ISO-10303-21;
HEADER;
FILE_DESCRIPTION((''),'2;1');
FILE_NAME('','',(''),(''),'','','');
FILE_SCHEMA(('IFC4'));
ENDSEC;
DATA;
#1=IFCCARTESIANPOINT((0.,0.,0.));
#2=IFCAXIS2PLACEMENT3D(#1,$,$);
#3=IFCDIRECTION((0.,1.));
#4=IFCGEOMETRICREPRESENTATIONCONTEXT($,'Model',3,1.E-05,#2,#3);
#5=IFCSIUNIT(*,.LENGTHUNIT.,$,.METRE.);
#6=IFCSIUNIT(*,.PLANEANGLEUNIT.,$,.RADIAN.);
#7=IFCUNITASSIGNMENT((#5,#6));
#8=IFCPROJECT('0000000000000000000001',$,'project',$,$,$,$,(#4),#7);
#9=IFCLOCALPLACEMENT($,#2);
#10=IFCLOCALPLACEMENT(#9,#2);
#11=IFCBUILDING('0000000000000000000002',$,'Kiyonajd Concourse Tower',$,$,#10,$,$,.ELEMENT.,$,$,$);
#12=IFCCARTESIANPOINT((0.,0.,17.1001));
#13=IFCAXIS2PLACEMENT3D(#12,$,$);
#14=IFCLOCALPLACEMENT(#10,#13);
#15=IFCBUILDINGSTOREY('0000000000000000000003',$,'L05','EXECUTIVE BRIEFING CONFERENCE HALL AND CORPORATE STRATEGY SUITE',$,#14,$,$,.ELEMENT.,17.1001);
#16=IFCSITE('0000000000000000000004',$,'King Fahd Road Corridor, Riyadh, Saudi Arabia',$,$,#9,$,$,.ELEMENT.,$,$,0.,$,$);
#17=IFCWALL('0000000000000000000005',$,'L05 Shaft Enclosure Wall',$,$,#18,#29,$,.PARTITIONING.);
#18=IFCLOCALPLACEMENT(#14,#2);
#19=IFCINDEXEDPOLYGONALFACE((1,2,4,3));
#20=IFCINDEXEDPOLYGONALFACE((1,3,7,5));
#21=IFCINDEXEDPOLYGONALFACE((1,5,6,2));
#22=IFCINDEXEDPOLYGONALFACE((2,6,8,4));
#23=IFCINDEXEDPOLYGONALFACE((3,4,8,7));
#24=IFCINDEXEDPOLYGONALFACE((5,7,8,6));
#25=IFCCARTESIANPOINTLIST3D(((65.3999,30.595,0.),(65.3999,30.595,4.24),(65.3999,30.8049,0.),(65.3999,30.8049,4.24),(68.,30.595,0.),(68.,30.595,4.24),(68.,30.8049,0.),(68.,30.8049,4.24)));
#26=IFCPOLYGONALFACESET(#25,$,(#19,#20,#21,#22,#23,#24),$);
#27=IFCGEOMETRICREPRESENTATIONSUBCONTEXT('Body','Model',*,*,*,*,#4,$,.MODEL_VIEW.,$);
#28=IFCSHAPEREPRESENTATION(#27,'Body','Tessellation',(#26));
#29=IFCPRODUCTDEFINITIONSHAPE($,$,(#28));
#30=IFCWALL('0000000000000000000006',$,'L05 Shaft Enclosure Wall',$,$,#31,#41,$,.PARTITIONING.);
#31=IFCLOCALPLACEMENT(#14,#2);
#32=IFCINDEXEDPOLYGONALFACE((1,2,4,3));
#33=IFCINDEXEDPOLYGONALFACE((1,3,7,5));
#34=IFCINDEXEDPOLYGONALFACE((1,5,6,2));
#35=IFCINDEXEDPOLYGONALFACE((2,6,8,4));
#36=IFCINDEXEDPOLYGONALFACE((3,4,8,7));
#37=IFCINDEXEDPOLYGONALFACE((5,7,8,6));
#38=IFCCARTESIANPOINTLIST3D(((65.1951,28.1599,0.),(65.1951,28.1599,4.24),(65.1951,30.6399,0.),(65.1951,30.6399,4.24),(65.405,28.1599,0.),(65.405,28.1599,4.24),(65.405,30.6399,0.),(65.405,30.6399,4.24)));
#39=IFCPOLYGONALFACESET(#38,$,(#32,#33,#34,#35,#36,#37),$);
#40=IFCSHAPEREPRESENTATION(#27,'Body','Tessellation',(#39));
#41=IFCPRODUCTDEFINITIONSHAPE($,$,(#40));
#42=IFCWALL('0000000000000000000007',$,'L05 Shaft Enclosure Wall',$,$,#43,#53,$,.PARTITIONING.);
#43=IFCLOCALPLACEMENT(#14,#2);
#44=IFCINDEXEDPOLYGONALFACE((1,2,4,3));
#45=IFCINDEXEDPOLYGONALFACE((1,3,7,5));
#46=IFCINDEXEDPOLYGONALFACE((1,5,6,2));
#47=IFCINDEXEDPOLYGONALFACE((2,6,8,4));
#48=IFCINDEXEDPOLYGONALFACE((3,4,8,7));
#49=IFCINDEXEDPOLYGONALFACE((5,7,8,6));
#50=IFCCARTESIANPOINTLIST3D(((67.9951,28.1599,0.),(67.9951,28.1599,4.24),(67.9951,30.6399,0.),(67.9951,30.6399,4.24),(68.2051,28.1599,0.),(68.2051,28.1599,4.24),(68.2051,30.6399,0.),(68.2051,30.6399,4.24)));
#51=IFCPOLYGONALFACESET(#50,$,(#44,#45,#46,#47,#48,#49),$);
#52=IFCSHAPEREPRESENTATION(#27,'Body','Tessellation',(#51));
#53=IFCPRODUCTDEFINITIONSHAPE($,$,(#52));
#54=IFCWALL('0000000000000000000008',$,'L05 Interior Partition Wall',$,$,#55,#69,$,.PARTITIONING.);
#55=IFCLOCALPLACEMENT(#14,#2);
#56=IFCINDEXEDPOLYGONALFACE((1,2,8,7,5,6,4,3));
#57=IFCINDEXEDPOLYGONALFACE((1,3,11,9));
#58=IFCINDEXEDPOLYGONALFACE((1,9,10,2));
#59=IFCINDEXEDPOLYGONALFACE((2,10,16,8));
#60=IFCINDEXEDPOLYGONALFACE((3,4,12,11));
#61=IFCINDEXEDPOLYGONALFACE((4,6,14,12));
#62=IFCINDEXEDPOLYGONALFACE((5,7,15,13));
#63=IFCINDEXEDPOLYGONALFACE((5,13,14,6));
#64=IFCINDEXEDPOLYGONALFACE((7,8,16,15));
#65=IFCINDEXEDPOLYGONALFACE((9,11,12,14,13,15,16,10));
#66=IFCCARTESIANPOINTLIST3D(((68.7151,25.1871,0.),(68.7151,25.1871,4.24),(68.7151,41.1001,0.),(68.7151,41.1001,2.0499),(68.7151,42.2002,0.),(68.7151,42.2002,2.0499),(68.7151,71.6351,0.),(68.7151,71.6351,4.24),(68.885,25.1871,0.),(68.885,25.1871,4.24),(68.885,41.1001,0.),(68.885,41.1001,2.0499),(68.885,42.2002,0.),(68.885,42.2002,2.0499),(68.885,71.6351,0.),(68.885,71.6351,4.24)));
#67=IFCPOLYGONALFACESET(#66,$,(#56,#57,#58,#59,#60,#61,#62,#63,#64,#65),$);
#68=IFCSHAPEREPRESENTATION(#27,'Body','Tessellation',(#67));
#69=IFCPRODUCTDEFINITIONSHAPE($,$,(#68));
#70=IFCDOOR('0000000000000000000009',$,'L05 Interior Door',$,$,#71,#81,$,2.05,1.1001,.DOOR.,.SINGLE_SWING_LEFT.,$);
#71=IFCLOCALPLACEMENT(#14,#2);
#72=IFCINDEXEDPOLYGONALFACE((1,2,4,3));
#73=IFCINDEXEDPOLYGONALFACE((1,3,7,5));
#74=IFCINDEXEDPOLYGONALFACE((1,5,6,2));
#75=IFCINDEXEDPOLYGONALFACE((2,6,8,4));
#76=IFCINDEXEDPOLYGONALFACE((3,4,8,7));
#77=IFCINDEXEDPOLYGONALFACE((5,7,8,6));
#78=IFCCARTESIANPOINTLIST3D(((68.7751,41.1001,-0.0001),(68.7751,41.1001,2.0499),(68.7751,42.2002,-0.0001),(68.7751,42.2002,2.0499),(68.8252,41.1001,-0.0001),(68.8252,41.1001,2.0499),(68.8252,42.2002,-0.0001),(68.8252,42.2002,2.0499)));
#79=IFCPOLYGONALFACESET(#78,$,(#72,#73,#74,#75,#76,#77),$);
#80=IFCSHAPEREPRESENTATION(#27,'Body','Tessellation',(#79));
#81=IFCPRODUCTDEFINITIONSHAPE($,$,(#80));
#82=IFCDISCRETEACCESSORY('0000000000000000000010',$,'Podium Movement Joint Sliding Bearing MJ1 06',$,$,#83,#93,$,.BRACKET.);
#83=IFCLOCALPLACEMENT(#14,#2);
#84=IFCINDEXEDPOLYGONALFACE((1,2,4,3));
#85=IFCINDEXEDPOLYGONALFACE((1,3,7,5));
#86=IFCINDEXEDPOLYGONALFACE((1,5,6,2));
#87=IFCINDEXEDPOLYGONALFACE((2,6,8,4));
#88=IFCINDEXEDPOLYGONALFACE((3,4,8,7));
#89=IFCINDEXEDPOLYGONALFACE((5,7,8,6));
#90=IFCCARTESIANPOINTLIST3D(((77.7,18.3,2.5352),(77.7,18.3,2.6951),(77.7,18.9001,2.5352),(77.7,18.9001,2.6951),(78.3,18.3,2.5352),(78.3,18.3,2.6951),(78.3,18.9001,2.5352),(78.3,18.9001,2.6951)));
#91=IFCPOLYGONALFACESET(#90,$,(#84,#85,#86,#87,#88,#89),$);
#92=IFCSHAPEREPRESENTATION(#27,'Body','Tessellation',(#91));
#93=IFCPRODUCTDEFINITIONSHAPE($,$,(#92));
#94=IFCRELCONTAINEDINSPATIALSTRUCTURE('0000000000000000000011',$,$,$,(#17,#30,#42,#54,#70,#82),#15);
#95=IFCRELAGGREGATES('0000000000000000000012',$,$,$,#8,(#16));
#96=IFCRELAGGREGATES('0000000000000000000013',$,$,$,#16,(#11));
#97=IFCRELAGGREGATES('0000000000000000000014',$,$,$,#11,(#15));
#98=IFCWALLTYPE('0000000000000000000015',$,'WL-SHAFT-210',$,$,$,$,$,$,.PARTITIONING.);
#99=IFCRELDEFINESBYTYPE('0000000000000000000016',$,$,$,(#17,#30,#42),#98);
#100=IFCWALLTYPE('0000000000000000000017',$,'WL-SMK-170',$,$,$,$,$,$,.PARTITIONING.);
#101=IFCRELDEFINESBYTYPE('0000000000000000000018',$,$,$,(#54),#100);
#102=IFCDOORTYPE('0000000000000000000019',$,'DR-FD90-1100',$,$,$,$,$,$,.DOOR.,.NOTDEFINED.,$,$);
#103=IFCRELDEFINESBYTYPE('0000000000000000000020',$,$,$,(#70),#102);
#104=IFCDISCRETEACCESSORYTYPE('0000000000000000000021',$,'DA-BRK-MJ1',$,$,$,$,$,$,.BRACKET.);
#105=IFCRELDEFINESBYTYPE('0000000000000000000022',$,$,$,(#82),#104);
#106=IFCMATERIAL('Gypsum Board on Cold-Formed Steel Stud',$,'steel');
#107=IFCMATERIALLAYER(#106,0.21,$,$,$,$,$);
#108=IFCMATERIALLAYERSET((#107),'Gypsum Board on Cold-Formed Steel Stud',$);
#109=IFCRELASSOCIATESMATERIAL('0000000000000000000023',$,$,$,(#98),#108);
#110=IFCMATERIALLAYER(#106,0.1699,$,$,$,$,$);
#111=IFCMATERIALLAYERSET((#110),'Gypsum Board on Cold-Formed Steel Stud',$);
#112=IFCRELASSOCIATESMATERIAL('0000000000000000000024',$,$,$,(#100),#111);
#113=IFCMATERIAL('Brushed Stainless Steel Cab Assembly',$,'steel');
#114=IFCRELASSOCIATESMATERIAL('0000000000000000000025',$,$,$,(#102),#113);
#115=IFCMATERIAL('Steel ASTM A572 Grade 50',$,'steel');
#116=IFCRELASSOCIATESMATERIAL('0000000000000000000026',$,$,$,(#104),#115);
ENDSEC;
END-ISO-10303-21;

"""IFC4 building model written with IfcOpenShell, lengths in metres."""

from ifc_helpers import new_model, si_unit, direction, frame, frame_2d, origin, origin_2d, place, context, subcontext, project, spatial, rectangle, extrude, material, layer, layer_set, type_object, element, fill, save


model = new_model("IFC4")

# Units and contexts
model_context = context("Model", 3, precision=1e-05, world=origin(), true_north=direction((0.0, 1.0)))
body_context = subcontext(model_context, "Body", "Model", "MODEL_VIEW")
ifc_project = project(units=[si_unit("LENGTHUNIT", "METRE"), si_unit("PLANEANGLEUNIT", "RADIAN")], contexts=[model_context])

# Site, building, storey
site_placement = place(None, origin())
site = spatial("IfcSite", under=ifc_project, at=site_placement, Name="King Fahd Road Corridor, Riyadh, Saudi Arabia", CompositionType="ELEMENT", RefElevation=0.0)
building_placement = place(site_placement, origin())
building = spatial("IfcBuilding", under=site, at=building_placement, Name="Kiyonajd Concourse Tower", CompositionType="ELEMENT")
storey_placement = place(building_placement, frame((0.0, 0.0, 17.1001)))
storey = spatial("IfcBuildingStorey", under=building, at=storey_placement, Name="L05", Description="EXECUTIVE BRIEFING CONFERENCE HALL AND CORPORATE STRATEGY SUITE", CompositionType="ELEMENT", Elevation=17.1001)

# Shared definitions
ifc_material_1 = material(Name="Steel ASTM A572 Grade 50", Category="steel")

# Shared definitions
ifc_material_2 = material(Name="Gypsum Board on Cold-Formed Steel Stud", Category="steel")
ifc_layer_1 = layer(ifc_material_2, 0.21)
ifc_layer_set_1 = layer_set([ifc_layer_1], Name="Gypsum Board on Cold-Formed Steel Stud")
wall_type_1 = type_object("IfcWallType", Name="WL-SHAFT-210", PredefinedType="PARTITIONING", material=ifc_layer_set_1)
ifc_material_3 = material(Name="Brushed Stainless Steel Cab Assembly", Category="steel")

# Walls
wall_1_placement = place(storey_placement, frame((65.3999, 30.7, 0.0), z_axis=(0.0, 0.0, 1.0), x_axis=(1.0, 0.0, 0.0)))
element("IfcWall", 1, at=wall_1_placement, inside=storey, type_object=wall_type_1, Name="L05 Shaft Enclosure Wall", PredefinedType="PARTITIONING", context=body_context, shape_type="SweptSolid", body=[
    extrude(rectangle(XDim=2.6001, YDim=0.21, at=frame_2d((1.3, 0.0))), origin(), (0.0, 0.0, 1.0), 4.24),
])
for number, where, z_axis, x_axis, name in (
    (2, (65.3, 28.1599, 0.0), (0.0, 0.0, 1.0), (0.0, 1.0, 0.0), "L05 Shaft Enclosure Wall"),
    (3, (68.1001, 28.1599, 0.0), (0.0, 0.0, 1.0), (0.0, 1.0, 0.0), "L05 Shaft Enclosure Wall"),
):
    element("IfcWall", number, at=place(storey_placement, frame(where, z_axis=z_axis, x_axis=x_axis)), inside=storey, type_object=wall_type_1, Name=name, PredefinedType="PARTITIONING", context=body_context, shape_type="SweptSolid", body=[
        extrude(rectangle(XDim=2.48, YDim=0.21, at=frame_2d((1.24, 0.0))), origin(), (0.0, 0.0, 1.0), 4.24),
    ])

# Wall, opening, door
ifc_layer_2 = layer(ifc_material_2, 0.1699)
ifc_layer_set_2 = layer_set([ifc_layer_2], Name="Gypsum Board on Cold-Formed Steel Stud")
wall_type_2 = type_object("IfcWallType", Name="WL-SMK-170", PredefinedType="PARTITIONING", material=ifc_layer_set_2)
wall_2_placement = place(storey_placement, frame((68.8, 25.187, 0.0), z_axis=(0.0, 0.0, 1.0), x_axis=(0.0, 1.0, 0.0)))
wall_2 = element("IfcWall", 4, at=wall_2_placement, inside=storey, type_object=wall_type_2, Name="L05 Interior Partition Wall", PredefinedType="PARTITIONING", context=body_context, shape_type="SweptSolid", body=[
    extrude(rectangle(XDim=46.448, YDim=0.1699, at=frame_2d((23.2241, 0.0))), origin(), (0.0, 0.0, 1.0), 4.24),
])
opening_1_placement = place(wall_2_placement, frame((15.9131, 0.0, 0.0)))
opening_1 = element("IfcOpeningElement", 5, at=opening_1_placement, cuts=wall_2, PredefinedType="OPENING", context=body_context, shape_type="SweptSolid", body=[
    extrude(rectangle(XDim=1.1001, YDim=2.05, at=frame_2d((0.55, 1.0249))), frame((0.0, 0.095, 0.0), z_axis=(0.0, -1.0, 0.0), x_axis=(1.0, 0.0, 0.0)), (0.0, 0.0, 1.0), 0.1899),
])
door_type_1 = type_object("IfcDoorType", Name="DR-FD90-1100", OperationType="NOTDEFINED", PredefinedType="DOOR", material=ifc_material_3)
door_1_placement = place(opening_1_placement, origin())
door_1 = element("IfcDoor", 6, at=door_1_placement, inside=storey, type_object=door_type_1, Name="L05 Interior Door", OperationType="SINGLE_SWING_LEFT", OverallHeight=2.05, OverallWidth=1.1001, PredefinedType="DOOR", context=body_context, shape_type="SweptSolid", body=[
    extrude(rectangle(XDim=1.1001, YDim=2.05, at=frame_2d((0.55, 1.0249))), frame((0.0, 0.0249, 0.0), z_axis=(0.0, -1.0, 0.0), x_axis=(1.0, 0.0, 0.0)), (0.0, 0.0, 1.0), 0.05),
])
fill(opening_1, door_1)

# Discrete accessory
discrete_accessory_type = type_object("IfcDiscreteAccessoryType", Name="DA-BRK-MJ1", PredefinedType="BRACKET", material=ifc_material_1)
discrete_accessory_placement = place(storey_placement, frame((78.0, 18.6001, 2.5352), z_axis=(0.0, 0.0, 1.0), x_axis=(1.0, 0.0, 0.0)))
element("IfcDiscreteAccessory", 7, at=discrete_accessory_placement, inside=storey, type_object=discrete_accessory_type, Name="Podium Movement Joint Sliding Bearing MJ1 06", PredefinedType="BRACKET", context=body_context, shape_type="SweptSolid", body=[
    extrude(rectangle(XDim=0.6001, YDim=0.6001, at=origin_2d()), origin(), (0.0, 0.0, 1.0), 0.1599),
])

save(model, "model.ifc")
